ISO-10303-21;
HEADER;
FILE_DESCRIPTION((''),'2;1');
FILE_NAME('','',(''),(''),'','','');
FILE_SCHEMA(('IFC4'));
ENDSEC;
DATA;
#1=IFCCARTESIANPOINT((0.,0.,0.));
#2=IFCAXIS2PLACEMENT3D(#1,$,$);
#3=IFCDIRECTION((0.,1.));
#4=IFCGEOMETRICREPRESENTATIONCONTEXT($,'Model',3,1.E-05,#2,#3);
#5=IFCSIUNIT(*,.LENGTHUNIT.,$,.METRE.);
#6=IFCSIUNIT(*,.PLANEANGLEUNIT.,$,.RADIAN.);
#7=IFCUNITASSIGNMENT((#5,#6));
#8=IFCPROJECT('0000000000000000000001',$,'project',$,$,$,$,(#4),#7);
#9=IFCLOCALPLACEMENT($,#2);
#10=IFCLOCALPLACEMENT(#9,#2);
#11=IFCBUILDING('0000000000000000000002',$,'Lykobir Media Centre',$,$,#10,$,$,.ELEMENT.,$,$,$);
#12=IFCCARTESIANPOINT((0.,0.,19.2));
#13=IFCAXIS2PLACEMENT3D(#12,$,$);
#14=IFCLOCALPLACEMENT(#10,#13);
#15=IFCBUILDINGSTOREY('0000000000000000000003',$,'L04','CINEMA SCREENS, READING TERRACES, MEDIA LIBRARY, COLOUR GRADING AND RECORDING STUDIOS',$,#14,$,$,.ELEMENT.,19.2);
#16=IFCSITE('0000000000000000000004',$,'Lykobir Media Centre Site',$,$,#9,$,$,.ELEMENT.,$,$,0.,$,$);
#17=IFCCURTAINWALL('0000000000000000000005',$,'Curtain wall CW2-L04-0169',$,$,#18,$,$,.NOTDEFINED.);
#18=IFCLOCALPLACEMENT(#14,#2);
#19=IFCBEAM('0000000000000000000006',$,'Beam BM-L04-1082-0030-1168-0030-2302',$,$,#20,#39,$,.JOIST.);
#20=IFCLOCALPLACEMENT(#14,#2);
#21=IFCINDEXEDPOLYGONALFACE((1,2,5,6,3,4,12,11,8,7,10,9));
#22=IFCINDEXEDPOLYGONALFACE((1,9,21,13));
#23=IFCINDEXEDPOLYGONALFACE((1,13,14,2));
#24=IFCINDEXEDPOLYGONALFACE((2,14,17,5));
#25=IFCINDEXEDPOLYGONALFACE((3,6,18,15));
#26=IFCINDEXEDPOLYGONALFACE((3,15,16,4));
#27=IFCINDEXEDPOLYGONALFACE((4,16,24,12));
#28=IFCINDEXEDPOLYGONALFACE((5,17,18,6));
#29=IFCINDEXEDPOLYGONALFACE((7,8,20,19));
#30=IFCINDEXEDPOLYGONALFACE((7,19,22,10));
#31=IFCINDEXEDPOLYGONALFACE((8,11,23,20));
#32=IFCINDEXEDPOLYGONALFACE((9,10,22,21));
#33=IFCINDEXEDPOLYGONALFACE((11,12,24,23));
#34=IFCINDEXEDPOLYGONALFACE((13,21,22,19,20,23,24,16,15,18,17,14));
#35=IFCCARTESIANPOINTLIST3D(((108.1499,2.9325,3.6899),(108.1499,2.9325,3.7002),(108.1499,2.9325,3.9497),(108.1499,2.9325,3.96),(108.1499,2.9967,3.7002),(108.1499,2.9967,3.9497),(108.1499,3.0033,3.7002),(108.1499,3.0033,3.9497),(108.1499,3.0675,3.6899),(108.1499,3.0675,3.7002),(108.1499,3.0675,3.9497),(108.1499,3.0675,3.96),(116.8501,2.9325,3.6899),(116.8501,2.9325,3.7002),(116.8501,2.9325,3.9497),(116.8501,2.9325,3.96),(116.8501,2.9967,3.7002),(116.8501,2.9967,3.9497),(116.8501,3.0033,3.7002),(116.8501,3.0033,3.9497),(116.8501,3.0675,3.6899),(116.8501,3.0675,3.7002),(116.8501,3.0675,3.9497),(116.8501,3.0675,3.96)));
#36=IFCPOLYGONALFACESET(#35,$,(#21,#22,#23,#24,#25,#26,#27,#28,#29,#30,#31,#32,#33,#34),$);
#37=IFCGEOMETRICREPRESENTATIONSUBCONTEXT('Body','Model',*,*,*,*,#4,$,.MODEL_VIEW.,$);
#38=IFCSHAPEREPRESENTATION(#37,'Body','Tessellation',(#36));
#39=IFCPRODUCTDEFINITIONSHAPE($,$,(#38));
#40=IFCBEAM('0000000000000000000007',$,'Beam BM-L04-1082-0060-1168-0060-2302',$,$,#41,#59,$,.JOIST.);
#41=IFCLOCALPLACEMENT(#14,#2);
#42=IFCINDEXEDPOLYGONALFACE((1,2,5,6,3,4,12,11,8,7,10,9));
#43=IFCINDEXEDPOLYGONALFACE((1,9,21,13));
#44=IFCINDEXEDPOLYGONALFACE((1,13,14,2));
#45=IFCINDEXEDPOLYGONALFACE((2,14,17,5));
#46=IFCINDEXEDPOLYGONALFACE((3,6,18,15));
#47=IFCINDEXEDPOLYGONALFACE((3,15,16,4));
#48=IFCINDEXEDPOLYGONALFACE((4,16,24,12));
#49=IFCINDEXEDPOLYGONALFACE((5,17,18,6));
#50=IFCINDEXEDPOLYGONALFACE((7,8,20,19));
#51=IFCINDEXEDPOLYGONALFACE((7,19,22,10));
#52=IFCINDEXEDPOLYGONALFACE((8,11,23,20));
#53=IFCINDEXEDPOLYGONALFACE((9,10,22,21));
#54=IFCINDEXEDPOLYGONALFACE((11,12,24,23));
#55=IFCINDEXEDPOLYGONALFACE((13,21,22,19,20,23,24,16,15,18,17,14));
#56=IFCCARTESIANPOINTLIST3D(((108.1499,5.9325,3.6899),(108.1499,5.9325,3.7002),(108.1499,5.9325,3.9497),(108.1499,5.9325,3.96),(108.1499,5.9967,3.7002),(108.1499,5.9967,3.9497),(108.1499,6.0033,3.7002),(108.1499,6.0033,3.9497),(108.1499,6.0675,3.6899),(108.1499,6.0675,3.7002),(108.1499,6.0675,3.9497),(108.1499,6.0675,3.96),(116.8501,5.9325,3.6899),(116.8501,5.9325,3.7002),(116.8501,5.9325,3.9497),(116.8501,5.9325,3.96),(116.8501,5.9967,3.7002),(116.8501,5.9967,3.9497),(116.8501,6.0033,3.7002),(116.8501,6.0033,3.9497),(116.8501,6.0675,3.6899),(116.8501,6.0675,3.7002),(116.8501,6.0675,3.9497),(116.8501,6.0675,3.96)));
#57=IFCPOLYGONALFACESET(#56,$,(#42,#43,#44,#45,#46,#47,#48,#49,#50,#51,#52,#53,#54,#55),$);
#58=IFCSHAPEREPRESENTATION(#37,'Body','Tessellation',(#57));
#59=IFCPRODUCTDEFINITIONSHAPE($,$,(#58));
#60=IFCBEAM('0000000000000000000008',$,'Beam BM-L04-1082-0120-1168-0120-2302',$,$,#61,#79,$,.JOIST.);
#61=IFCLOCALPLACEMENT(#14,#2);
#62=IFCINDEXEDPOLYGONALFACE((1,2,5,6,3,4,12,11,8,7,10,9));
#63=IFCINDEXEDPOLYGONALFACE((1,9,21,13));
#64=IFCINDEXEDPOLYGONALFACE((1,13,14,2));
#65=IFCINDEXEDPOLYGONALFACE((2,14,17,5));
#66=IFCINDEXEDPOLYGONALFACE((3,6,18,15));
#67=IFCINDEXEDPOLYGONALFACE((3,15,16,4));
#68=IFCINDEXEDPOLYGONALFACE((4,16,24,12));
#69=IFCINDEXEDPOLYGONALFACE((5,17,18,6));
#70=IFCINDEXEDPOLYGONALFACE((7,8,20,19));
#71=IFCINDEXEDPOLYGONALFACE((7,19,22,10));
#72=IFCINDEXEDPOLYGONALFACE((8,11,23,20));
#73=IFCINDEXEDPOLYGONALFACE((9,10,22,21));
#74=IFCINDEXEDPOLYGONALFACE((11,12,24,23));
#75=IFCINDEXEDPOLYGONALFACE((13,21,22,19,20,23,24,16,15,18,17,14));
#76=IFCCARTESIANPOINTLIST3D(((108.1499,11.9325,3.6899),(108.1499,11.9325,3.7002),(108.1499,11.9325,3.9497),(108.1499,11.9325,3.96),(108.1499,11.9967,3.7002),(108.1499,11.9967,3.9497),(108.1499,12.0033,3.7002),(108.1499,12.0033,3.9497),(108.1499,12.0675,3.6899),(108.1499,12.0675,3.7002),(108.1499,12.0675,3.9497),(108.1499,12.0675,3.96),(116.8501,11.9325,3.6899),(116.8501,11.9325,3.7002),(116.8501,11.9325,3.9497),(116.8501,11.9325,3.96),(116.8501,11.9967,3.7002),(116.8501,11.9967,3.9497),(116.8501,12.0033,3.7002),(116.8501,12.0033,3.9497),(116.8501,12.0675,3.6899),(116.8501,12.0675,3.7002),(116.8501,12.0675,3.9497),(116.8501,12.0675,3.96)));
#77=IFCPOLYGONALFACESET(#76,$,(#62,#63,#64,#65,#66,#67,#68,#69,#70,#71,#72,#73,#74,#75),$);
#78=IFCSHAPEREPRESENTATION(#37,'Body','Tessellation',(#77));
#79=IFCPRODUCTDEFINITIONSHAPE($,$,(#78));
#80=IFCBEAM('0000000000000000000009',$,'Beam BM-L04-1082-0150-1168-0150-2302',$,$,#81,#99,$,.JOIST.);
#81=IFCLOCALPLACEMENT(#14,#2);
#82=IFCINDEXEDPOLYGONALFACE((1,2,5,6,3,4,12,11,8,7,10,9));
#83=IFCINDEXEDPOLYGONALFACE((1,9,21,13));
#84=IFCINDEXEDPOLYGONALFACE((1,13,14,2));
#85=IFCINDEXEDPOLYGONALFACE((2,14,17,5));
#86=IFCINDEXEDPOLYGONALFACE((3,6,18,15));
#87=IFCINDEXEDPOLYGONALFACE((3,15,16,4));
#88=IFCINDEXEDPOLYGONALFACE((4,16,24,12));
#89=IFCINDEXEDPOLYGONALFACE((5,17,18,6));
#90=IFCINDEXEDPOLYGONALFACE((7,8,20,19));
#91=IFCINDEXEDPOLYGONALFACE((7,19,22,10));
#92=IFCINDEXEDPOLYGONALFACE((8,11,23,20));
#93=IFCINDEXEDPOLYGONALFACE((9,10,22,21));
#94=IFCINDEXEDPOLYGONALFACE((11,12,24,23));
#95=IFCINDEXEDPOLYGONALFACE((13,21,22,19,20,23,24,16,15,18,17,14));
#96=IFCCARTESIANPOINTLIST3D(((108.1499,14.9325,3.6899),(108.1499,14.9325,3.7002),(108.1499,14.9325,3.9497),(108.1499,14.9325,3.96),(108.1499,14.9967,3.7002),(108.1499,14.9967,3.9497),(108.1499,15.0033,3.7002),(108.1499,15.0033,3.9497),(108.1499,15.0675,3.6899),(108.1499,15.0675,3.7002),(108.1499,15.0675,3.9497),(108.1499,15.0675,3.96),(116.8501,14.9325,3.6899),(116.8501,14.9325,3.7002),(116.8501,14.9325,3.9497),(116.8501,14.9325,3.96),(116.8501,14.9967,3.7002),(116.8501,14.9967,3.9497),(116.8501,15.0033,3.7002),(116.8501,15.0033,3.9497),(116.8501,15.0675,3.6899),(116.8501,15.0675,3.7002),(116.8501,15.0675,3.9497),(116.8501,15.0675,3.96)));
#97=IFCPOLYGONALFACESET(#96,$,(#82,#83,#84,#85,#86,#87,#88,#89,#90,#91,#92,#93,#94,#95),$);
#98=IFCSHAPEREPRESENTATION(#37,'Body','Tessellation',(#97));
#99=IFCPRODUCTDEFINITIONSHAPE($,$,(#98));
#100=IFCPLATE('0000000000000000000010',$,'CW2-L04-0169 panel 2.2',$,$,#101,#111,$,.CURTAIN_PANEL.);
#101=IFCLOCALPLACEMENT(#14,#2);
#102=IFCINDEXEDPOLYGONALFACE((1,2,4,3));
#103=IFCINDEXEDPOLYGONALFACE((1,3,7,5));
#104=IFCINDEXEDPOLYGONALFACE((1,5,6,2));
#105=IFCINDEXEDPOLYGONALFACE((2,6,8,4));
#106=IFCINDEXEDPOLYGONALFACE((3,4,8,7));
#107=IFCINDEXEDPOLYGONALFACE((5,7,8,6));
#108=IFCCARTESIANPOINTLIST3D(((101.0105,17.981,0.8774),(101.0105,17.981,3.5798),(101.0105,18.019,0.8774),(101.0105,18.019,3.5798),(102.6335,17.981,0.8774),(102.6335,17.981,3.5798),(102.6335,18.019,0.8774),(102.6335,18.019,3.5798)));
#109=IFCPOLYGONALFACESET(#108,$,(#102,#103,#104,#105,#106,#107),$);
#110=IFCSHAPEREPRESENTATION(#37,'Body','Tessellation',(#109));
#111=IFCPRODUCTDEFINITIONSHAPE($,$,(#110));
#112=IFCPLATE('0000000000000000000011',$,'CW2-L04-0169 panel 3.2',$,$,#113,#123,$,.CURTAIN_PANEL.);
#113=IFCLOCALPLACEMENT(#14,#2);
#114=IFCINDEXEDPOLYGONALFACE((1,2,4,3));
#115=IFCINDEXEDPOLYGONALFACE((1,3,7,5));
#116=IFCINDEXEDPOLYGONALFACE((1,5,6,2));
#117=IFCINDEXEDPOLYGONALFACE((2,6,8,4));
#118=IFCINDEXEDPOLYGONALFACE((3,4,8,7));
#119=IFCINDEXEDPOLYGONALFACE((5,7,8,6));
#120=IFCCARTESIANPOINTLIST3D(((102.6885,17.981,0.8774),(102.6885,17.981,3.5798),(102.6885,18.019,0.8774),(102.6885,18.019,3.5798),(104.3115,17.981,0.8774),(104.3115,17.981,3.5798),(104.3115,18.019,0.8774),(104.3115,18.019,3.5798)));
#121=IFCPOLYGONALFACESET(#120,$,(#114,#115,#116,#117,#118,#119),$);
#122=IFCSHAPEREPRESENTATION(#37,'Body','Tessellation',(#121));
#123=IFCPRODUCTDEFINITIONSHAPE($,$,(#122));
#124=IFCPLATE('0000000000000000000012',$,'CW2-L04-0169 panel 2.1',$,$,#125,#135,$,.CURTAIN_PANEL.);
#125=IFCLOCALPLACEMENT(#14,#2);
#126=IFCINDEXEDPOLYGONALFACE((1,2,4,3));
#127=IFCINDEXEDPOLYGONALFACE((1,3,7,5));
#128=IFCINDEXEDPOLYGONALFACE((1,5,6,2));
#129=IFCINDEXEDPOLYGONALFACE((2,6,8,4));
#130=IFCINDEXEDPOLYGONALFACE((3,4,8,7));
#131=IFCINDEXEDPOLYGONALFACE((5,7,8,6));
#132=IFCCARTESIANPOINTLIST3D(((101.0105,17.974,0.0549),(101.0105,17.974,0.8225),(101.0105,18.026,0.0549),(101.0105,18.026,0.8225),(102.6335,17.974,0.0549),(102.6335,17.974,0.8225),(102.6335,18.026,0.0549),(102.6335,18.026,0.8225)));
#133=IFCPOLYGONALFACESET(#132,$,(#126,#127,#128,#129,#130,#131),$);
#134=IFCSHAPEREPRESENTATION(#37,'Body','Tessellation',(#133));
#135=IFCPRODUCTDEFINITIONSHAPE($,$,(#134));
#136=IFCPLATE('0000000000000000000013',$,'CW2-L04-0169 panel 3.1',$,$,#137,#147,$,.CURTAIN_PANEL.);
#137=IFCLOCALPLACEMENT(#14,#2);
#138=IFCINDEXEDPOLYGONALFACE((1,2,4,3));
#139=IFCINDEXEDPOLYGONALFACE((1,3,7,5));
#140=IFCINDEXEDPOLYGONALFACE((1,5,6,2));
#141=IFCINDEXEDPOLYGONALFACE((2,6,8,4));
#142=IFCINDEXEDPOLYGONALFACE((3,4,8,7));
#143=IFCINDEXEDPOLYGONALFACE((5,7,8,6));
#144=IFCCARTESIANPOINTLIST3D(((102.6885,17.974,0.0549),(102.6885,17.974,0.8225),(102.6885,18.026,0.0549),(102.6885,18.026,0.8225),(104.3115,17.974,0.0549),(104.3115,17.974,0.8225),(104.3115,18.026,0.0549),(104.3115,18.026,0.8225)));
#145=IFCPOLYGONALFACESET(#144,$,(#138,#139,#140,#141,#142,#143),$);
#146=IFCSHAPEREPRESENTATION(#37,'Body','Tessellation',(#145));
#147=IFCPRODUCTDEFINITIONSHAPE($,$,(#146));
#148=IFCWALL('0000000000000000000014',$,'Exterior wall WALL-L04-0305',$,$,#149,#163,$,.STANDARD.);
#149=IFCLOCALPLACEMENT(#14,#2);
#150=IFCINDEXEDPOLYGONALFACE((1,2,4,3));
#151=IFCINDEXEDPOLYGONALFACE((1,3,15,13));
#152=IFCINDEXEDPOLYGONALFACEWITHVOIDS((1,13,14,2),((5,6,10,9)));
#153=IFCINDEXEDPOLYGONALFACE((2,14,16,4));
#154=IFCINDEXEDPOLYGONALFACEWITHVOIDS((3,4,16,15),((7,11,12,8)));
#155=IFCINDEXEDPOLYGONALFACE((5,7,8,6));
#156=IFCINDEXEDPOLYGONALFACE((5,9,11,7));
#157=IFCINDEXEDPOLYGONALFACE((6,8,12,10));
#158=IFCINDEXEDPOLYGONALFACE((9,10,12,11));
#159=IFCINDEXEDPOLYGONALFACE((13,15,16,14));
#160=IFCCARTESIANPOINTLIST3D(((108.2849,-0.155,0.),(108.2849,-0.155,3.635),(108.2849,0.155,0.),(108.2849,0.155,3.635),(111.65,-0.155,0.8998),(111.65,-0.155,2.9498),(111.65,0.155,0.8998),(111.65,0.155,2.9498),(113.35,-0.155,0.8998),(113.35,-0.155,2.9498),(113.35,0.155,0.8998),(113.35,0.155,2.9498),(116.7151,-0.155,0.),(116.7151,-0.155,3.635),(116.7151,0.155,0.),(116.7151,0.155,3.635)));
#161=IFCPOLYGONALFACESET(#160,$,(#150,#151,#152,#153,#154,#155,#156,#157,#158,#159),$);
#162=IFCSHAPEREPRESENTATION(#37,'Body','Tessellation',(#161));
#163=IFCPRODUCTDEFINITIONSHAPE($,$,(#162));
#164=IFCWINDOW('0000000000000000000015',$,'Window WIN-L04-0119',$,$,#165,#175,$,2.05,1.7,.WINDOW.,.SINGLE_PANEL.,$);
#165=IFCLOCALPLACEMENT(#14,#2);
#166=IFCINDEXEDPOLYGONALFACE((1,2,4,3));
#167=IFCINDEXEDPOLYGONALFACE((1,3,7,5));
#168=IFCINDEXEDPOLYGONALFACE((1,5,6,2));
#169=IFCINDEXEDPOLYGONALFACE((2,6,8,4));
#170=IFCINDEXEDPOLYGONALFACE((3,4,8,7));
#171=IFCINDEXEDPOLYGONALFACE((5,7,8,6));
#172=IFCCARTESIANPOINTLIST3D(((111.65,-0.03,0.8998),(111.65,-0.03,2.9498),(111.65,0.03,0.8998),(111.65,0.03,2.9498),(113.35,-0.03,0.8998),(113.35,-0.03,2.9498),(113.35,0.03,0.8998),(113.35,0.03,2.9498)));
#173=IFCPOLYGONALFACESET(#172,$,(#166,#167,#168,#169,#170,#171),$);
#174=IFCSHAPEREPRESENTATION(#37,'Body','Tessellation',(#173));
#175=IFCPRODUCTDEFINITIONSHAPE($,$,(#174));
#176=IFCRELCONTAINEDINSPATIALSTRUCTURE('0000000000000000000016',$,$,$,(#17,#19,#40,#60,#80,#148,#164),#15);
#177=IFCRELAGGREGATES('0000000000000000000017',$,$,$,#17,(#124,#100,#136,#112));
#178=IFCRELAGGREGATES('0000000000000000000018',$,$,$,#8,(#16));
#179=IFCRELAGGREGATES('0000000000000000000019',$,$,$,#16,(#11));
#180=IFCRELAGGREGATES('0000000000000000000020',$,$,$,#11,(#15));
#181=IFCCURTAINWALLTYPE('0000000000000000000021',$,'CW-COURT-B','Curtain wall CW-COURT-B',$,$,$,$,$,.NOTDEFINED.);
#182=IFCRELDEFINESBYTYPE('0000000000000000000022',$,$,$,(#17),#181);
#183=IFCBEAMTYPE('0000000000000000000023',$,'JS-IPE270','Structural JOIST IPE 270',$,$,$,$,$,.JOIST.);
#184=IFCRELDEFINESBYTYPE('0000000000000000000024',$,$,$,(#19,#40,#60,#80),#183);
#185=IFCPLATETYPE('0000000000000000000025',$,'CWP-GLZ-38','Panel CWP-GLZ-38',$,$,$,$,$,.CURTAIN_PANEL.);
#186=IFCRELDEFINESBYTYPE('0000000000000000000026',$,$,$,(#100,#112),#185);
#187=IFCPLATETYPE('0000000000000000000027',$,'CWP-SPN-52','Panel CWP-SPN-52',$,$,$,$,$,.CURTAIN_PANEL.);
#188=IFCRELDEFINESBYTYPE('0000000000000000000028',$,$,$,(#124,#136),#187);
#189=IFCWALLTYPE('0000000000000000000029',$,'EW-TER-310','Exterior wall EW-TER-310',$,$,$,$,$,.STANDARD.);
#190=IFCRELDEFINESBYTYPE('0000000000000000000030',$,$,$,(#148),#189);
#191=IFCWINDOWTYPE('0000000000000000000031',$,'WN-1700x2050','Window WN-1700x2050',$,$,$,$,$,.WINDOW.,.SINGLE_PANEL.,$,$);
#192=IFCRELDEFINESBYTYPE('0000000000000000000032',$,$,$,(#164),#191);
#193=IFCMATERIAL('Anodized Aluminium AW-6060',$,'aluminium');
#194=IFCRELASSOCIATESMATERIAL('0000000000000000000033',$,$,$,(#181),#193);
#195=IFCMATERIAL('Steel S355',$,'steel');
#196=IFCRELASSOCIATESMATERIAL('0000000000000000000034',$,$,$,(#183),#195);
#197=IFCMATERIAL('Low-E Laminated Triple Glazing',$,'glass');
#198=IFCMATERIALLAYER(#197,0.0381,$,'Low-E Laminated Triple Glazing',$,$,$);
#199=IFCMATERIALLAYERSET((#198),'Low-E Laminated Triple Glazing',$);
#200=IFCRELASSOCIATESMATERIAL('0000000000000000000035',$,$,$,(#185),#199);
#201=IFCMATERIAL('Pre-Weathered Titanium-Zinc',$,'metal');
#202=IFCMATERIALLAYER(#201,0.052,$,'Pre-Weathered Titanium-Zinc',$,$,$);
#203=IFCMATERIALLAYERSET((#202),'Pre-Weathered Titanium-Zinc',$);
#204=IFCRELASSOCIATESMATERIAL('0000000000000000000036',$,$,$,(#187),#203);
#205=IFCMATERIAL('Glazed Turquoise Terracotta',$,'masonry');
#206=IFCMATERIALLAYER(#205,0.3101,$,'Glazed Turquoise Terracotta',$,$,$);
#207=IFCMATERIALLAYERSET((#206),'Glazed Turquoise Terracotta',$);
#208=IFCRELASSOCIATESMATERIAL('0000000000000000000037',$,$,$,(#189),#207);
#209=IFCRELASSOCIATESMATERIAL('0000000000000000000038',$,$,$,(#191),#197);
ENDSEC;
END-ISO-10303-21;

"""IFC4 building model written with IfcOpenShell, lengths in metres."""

from ifc_helpers import new_model, si_unit, direction, frame, frame_2d, origin, origin_2d, place, context, subcontext, project, spatial, rectangle, i_section, extrude, material, layer, layer_set, material_profile, profile_set, type_object, element, fill, aggregate, save


model = new_model("IFC4")

# Units and contexts
model_context = context("Model", 3, precision=1e-05, world=origin(), true_north=direction((0.0, 1.0)))
body_context = subcontext(model_context, "Body", "Model", "MODEL_VIEW")
ifc_project = project(units=[si_unit("LENGTHUNIT", "METRE"), si_unit("PLANEANGLEUNIT", "RADIAN")], contexts=[model_context])

# Site, building, storey
site_placement = place(None, origin())
site = spatial("IfcSite", under=ifc_project, at=site_placement, Name="Lykobir Media Centre Site", CompositionType="ELEMENT", RefElevation=0.0)
building_placement = place(site_placement, origin())
building = spatial("IfcBuilding", under=site, at=building_placement, Name="Lykobir Media Centre", CompositionType="ELEMENT")
storey_placement = place(building_placement, frame((0.0, 0.0, 19.2)))
storey = spatial("IfcBuildingStorey", under=building, at=storey_placement, Name="L04", Description="CINEMA SCREENS, READING TERRACES, MEDIA LIBRARY, COLOUR GRADING AND RECORDING STUDIOS", CompositionType="ELEMENT", Elevation=19.2)

# Shared definitions
ifc_material_1 = material(Name="Steel S355", Category="steel")

# Curtain wall
ifc_material_2 = material(Name="Anodized Aluminium AW-6060", Category="aluminium")
curtain_wall_type = type_object("IfcCurtainWallType", Name="CW-COURT-B", Description="Curtain wall CW-COURT-B", PredefinedType="NOTDEFINED", material=ifc_material_2)
curtain_wall_placement = place(storey_placement, origin())
curtain_wall = element("IfcCurtainWall", 1, at=curtain_wall_placement, inside=storey, type_object=curtain_wall_type, Name="Curtain wall CW2-L04-0169", PredefinedType="NOTDEFINED")

# Beams
ifc_material_profile_1 = material_profile(ifc_material_1, i_section(OverallWidth=0.135, OverallDepth=0.27, WebThickness=0.0066, FlangeThickness=0.0103, at=origin_2d()), Name="IPE 270")
ifc_profile_set_1 = profile_set([ifc_material_profile_1], Name="Steel S355")
beam_type_1 = type_object("IfcBeamType", Name="JS-IPE270", Description="Structural JOIST IPE 270", PredefinedType="JOIST", material=ifc_profile_set_1)
for number, where, z_axis, x_axis, name in (
    (2, (108.1499, 3.0, 3.825), (1.0, 0.0, 0.0), (0.0, 1.0, 0.0), "Beam BM-L04-1082-0030-1168-0030-2302"),
    (3, (108.1499, 6.0, 3.825), (1.0, 0.0, 0.0), (0.0, 1.0, 0.0), "Beam BM-L04-1082-0060-1168-0060-2302"),
    (4, (108.1499, 12.0, 3.825), (1.0, 0.0, 0.0), (0.0, 1.0, 0.0), "Beam BM-L04-1082-0120-1168-0120-2302"),
    (5, (108.1499, 15.0, 3.825), (1.0, 0.0, 0.0), (0.0, 1.0, 0.0), "Beam BM-L04-1082-0150-1168-0150-2302"),
):
    element("IfcBeam", number, at=place(storey_placement, frame(where, z_axis=z_axis, x_axis=x_axis)), inside=storey, type_object=beam_type_1, Name=name, PredefinedType="JOIST", context=body_context, shape_type="SweptSolid", body=[
        extrude(i_section(OverallWidth=0.135, OverallDepth=0.27, WebThickness=0.0066, FlangeThickness=0.0103, at=origin_2d()), origin(), (0.0, 0.0, 1.0), 8.7002),
    ])

# Plates
ifc_material_3 = material(Name="Low-E Laminated Triple Glazing", Category="glass")
ifc_layer_1 = layer(ifc_material_3, 0.0381, Name="Low-E Laminated Triple Glazing")
ifc_layer_set_1 = layer_set([ifc_layer_1], Name="Low-E Laminated Triple Glazing")
plate_type_1 = type_object("IfcPlateType", Name="CWP-GLZ-38", Description="Panel CWP-GLZ-38", PredefinedType="CURTAIN_PANEL", material=ifc_layer_set_1)
plate_1_placement = place(storey_placement, frame((101.822, 18.0, 0.8774), z_axis=(0.0, 0.0, 1.0), x_axis=(1.0, 0.0, 0.0)))
plate_1 = element("IfcPlate", 6, at=plate_1_placement, type_object=plate_type_1, Name="CW2-L04-0169 panel 2.2", PredefinedType="CURTAIN_PANEL", context=body_context, shape_type="SweptSolid", body=[
    extrude(rectangle(XDim=1.623, YDim=0.0381, at=origin_2d()), origin(), (0.0, 0.0, 1.0), 2.7024),
])
plate_2_placement = place(storey_placement, frame((103.5, 18.0, 0.8774), z_axis=(0.0, 0.0, 1.0), x_axis=(1.0, 0.0, 0.0)))
plate_2 = element("IfcPlate", 7, at=plate_2_placement, type_object=plate_type_1, Name="CW2-L04-0169 panel 3.2", PredefinedType="CURTAIN_PANEL", context=body_context, shape_type="SweptSolid", body=[
    extrude(rectangle(XDim=1.623, YDim=0.0381, at=origin_2d()), origin(), (0.0, 0.0, 1.0), 2.7024),
])
ifc_material_4 = material(Name="Pre-Weathered Titanium-Zinc", Category="metal")
ifc_layer_2 = layer(ifc_material_4, 0.052, Name="Pre-Weathered Titanium-Zinc")
ifc_layer_set_2 = layer_set([ifc_layer_2], Name="Pre-Weathered Titanium-Zinc")
plate_type_2 = type_object("IfcPlateType", Name="CWP-SPN-52", Description="Panel CWP-SPN-52", PredefinedType="CURTAIN_PANEL", material=ifc_layer_set_2)
plate_3_placement = place(storey_placement, frame((101.822, 18.0, 0.0549), z_axis=(0.0, 0.0, 1.0), x_axis=(1.0, 0.0, 0.0)))
plate_3 = element("IfcPlate", 8, at=plate_3_placement, type_object=plate_type_2, Name="CW2-L04-0169 panel 2.1", PredefinedType="CURTAIN_PANEL", context=body_context, shape_type="SweptSolid", body=[
    extrude(rectangle(XDim=1.623, YDim=0.052, at=origin_2d()), origin(), (0.0, 0.0, 1.0), 0.7676),
])
plate_4_placement = place(storey_placement, frame((103.5, 18.0, 0.0549), z_axis=(0.0, 0.0, 1.0), x_axis=(1.0, 0.0, 0.0)))
plate_4 = element("IfcPlate", 9, at=plate_4_placement, type_object=plate_type_2, Name="CW2-L04-0169 panel 3.1", PredefinedType="CURTAIN_PANEL", context=body_context, shape_type="SweptSolid", body=[
    extrude(rectangle(XDim=1.623, YDim=0.052, at=origin_2d()), origin(), (0.0, 0.0, 1.0), 0.7676),
])
aggregate(curtain_wall, [plate_3, plate_1, plate_4, plate_2])

# Wall, opening, window
ifc_material_5 = material(Name="Glazed Turquoise Terracotta", Category="masonry")
ifc_layer_3 = layer(ifc_material_5, 0.3101, Name="Glazed Turquoise Terracotta")
ifc_layer_set_3 = layer_set([ifc_layer_3], Name="Glazed Turquoise Terracotta")
wall_type_1 = type_object("IfcWallType", Name="EW-TER-310", Description="Exterior wall EW-TER-310", PredefinedType="STANDARD", material=ifc_layer_set_3)
wall_1_placement = place(storey_placement, frame((108.2849, 0.0, 0.0), z_axis=(0.0, 0.0, 1.0), x_axis=(1.0, 0.0, 0.0)))
wall_1 = element("IfcWall", 10, at=wall_1_placement, inside=storey, type_object=wall_type_1, Name="Exterior wall WALL-L04-0305", PredefinedType="STANDARD", context=body_context, shape_type="SweptSolid", body=[
    extrude(rectangle(XDim=8.4302, YDim=0.3101, at=frame_2d((4.2151, 0.0))), origin(), (0.0, 0.0, 1.0), 3.635),
])
opening_1_placement = place(wall_1_placement, frame((3.365, 0.0, 0.8999)))
opening_1 = element("IfcOpeningElement", 11, at=opening_1_placement, cuts=wall_1, PredefinedType="OPENING", context=body_context, shape_type="SweptSolid", body=[
    extrude(rectangle(XDim=1.7, YDim=2.05, at=frame_2d((0.8501, 1.0249))), frame((0.0, 0.165, 0.0), z_axis=(0.0, -1.0, 0.0), x_axis=(1.0, 0.0, 0.0)), (0.0, 0.0, 1.0), 0.3301),
])
window_type = type_object("IfcWindowType", Name="WN-1700x2050", Description="Window WN-1700x2050", PartitioningType="SINGLE_PANEL", PredefinedType="WINDOW", material=ifc_material_3)
window_placement = place(opening_1_placement, origin())
window = element("IfcWindow", 12, at=window_placement, inside=storey, type_object=window_type, Name="Window WIN-L04-0119", OverallHeight=2.05, OverallWidth=1.7, PartitioningType="SINGLE_PANEL", PredefinedType="WINDOW", context=body_context, shape_type="SweptSolid", body=[
    extrude(rectangle(XDim=1.7, YDim=2.05, at=frame_2d((0.8501, 1.0249))), frame((0.0, 0.03, 0.0), z_axis=(0.0, -1.0, 0.0), x_axis=(1.0, 0.0, 0.0)), (0.0, 0.0, 1.0), 0.0601),
])
fill(opening_1, window)

save(model, "model.ifc")
